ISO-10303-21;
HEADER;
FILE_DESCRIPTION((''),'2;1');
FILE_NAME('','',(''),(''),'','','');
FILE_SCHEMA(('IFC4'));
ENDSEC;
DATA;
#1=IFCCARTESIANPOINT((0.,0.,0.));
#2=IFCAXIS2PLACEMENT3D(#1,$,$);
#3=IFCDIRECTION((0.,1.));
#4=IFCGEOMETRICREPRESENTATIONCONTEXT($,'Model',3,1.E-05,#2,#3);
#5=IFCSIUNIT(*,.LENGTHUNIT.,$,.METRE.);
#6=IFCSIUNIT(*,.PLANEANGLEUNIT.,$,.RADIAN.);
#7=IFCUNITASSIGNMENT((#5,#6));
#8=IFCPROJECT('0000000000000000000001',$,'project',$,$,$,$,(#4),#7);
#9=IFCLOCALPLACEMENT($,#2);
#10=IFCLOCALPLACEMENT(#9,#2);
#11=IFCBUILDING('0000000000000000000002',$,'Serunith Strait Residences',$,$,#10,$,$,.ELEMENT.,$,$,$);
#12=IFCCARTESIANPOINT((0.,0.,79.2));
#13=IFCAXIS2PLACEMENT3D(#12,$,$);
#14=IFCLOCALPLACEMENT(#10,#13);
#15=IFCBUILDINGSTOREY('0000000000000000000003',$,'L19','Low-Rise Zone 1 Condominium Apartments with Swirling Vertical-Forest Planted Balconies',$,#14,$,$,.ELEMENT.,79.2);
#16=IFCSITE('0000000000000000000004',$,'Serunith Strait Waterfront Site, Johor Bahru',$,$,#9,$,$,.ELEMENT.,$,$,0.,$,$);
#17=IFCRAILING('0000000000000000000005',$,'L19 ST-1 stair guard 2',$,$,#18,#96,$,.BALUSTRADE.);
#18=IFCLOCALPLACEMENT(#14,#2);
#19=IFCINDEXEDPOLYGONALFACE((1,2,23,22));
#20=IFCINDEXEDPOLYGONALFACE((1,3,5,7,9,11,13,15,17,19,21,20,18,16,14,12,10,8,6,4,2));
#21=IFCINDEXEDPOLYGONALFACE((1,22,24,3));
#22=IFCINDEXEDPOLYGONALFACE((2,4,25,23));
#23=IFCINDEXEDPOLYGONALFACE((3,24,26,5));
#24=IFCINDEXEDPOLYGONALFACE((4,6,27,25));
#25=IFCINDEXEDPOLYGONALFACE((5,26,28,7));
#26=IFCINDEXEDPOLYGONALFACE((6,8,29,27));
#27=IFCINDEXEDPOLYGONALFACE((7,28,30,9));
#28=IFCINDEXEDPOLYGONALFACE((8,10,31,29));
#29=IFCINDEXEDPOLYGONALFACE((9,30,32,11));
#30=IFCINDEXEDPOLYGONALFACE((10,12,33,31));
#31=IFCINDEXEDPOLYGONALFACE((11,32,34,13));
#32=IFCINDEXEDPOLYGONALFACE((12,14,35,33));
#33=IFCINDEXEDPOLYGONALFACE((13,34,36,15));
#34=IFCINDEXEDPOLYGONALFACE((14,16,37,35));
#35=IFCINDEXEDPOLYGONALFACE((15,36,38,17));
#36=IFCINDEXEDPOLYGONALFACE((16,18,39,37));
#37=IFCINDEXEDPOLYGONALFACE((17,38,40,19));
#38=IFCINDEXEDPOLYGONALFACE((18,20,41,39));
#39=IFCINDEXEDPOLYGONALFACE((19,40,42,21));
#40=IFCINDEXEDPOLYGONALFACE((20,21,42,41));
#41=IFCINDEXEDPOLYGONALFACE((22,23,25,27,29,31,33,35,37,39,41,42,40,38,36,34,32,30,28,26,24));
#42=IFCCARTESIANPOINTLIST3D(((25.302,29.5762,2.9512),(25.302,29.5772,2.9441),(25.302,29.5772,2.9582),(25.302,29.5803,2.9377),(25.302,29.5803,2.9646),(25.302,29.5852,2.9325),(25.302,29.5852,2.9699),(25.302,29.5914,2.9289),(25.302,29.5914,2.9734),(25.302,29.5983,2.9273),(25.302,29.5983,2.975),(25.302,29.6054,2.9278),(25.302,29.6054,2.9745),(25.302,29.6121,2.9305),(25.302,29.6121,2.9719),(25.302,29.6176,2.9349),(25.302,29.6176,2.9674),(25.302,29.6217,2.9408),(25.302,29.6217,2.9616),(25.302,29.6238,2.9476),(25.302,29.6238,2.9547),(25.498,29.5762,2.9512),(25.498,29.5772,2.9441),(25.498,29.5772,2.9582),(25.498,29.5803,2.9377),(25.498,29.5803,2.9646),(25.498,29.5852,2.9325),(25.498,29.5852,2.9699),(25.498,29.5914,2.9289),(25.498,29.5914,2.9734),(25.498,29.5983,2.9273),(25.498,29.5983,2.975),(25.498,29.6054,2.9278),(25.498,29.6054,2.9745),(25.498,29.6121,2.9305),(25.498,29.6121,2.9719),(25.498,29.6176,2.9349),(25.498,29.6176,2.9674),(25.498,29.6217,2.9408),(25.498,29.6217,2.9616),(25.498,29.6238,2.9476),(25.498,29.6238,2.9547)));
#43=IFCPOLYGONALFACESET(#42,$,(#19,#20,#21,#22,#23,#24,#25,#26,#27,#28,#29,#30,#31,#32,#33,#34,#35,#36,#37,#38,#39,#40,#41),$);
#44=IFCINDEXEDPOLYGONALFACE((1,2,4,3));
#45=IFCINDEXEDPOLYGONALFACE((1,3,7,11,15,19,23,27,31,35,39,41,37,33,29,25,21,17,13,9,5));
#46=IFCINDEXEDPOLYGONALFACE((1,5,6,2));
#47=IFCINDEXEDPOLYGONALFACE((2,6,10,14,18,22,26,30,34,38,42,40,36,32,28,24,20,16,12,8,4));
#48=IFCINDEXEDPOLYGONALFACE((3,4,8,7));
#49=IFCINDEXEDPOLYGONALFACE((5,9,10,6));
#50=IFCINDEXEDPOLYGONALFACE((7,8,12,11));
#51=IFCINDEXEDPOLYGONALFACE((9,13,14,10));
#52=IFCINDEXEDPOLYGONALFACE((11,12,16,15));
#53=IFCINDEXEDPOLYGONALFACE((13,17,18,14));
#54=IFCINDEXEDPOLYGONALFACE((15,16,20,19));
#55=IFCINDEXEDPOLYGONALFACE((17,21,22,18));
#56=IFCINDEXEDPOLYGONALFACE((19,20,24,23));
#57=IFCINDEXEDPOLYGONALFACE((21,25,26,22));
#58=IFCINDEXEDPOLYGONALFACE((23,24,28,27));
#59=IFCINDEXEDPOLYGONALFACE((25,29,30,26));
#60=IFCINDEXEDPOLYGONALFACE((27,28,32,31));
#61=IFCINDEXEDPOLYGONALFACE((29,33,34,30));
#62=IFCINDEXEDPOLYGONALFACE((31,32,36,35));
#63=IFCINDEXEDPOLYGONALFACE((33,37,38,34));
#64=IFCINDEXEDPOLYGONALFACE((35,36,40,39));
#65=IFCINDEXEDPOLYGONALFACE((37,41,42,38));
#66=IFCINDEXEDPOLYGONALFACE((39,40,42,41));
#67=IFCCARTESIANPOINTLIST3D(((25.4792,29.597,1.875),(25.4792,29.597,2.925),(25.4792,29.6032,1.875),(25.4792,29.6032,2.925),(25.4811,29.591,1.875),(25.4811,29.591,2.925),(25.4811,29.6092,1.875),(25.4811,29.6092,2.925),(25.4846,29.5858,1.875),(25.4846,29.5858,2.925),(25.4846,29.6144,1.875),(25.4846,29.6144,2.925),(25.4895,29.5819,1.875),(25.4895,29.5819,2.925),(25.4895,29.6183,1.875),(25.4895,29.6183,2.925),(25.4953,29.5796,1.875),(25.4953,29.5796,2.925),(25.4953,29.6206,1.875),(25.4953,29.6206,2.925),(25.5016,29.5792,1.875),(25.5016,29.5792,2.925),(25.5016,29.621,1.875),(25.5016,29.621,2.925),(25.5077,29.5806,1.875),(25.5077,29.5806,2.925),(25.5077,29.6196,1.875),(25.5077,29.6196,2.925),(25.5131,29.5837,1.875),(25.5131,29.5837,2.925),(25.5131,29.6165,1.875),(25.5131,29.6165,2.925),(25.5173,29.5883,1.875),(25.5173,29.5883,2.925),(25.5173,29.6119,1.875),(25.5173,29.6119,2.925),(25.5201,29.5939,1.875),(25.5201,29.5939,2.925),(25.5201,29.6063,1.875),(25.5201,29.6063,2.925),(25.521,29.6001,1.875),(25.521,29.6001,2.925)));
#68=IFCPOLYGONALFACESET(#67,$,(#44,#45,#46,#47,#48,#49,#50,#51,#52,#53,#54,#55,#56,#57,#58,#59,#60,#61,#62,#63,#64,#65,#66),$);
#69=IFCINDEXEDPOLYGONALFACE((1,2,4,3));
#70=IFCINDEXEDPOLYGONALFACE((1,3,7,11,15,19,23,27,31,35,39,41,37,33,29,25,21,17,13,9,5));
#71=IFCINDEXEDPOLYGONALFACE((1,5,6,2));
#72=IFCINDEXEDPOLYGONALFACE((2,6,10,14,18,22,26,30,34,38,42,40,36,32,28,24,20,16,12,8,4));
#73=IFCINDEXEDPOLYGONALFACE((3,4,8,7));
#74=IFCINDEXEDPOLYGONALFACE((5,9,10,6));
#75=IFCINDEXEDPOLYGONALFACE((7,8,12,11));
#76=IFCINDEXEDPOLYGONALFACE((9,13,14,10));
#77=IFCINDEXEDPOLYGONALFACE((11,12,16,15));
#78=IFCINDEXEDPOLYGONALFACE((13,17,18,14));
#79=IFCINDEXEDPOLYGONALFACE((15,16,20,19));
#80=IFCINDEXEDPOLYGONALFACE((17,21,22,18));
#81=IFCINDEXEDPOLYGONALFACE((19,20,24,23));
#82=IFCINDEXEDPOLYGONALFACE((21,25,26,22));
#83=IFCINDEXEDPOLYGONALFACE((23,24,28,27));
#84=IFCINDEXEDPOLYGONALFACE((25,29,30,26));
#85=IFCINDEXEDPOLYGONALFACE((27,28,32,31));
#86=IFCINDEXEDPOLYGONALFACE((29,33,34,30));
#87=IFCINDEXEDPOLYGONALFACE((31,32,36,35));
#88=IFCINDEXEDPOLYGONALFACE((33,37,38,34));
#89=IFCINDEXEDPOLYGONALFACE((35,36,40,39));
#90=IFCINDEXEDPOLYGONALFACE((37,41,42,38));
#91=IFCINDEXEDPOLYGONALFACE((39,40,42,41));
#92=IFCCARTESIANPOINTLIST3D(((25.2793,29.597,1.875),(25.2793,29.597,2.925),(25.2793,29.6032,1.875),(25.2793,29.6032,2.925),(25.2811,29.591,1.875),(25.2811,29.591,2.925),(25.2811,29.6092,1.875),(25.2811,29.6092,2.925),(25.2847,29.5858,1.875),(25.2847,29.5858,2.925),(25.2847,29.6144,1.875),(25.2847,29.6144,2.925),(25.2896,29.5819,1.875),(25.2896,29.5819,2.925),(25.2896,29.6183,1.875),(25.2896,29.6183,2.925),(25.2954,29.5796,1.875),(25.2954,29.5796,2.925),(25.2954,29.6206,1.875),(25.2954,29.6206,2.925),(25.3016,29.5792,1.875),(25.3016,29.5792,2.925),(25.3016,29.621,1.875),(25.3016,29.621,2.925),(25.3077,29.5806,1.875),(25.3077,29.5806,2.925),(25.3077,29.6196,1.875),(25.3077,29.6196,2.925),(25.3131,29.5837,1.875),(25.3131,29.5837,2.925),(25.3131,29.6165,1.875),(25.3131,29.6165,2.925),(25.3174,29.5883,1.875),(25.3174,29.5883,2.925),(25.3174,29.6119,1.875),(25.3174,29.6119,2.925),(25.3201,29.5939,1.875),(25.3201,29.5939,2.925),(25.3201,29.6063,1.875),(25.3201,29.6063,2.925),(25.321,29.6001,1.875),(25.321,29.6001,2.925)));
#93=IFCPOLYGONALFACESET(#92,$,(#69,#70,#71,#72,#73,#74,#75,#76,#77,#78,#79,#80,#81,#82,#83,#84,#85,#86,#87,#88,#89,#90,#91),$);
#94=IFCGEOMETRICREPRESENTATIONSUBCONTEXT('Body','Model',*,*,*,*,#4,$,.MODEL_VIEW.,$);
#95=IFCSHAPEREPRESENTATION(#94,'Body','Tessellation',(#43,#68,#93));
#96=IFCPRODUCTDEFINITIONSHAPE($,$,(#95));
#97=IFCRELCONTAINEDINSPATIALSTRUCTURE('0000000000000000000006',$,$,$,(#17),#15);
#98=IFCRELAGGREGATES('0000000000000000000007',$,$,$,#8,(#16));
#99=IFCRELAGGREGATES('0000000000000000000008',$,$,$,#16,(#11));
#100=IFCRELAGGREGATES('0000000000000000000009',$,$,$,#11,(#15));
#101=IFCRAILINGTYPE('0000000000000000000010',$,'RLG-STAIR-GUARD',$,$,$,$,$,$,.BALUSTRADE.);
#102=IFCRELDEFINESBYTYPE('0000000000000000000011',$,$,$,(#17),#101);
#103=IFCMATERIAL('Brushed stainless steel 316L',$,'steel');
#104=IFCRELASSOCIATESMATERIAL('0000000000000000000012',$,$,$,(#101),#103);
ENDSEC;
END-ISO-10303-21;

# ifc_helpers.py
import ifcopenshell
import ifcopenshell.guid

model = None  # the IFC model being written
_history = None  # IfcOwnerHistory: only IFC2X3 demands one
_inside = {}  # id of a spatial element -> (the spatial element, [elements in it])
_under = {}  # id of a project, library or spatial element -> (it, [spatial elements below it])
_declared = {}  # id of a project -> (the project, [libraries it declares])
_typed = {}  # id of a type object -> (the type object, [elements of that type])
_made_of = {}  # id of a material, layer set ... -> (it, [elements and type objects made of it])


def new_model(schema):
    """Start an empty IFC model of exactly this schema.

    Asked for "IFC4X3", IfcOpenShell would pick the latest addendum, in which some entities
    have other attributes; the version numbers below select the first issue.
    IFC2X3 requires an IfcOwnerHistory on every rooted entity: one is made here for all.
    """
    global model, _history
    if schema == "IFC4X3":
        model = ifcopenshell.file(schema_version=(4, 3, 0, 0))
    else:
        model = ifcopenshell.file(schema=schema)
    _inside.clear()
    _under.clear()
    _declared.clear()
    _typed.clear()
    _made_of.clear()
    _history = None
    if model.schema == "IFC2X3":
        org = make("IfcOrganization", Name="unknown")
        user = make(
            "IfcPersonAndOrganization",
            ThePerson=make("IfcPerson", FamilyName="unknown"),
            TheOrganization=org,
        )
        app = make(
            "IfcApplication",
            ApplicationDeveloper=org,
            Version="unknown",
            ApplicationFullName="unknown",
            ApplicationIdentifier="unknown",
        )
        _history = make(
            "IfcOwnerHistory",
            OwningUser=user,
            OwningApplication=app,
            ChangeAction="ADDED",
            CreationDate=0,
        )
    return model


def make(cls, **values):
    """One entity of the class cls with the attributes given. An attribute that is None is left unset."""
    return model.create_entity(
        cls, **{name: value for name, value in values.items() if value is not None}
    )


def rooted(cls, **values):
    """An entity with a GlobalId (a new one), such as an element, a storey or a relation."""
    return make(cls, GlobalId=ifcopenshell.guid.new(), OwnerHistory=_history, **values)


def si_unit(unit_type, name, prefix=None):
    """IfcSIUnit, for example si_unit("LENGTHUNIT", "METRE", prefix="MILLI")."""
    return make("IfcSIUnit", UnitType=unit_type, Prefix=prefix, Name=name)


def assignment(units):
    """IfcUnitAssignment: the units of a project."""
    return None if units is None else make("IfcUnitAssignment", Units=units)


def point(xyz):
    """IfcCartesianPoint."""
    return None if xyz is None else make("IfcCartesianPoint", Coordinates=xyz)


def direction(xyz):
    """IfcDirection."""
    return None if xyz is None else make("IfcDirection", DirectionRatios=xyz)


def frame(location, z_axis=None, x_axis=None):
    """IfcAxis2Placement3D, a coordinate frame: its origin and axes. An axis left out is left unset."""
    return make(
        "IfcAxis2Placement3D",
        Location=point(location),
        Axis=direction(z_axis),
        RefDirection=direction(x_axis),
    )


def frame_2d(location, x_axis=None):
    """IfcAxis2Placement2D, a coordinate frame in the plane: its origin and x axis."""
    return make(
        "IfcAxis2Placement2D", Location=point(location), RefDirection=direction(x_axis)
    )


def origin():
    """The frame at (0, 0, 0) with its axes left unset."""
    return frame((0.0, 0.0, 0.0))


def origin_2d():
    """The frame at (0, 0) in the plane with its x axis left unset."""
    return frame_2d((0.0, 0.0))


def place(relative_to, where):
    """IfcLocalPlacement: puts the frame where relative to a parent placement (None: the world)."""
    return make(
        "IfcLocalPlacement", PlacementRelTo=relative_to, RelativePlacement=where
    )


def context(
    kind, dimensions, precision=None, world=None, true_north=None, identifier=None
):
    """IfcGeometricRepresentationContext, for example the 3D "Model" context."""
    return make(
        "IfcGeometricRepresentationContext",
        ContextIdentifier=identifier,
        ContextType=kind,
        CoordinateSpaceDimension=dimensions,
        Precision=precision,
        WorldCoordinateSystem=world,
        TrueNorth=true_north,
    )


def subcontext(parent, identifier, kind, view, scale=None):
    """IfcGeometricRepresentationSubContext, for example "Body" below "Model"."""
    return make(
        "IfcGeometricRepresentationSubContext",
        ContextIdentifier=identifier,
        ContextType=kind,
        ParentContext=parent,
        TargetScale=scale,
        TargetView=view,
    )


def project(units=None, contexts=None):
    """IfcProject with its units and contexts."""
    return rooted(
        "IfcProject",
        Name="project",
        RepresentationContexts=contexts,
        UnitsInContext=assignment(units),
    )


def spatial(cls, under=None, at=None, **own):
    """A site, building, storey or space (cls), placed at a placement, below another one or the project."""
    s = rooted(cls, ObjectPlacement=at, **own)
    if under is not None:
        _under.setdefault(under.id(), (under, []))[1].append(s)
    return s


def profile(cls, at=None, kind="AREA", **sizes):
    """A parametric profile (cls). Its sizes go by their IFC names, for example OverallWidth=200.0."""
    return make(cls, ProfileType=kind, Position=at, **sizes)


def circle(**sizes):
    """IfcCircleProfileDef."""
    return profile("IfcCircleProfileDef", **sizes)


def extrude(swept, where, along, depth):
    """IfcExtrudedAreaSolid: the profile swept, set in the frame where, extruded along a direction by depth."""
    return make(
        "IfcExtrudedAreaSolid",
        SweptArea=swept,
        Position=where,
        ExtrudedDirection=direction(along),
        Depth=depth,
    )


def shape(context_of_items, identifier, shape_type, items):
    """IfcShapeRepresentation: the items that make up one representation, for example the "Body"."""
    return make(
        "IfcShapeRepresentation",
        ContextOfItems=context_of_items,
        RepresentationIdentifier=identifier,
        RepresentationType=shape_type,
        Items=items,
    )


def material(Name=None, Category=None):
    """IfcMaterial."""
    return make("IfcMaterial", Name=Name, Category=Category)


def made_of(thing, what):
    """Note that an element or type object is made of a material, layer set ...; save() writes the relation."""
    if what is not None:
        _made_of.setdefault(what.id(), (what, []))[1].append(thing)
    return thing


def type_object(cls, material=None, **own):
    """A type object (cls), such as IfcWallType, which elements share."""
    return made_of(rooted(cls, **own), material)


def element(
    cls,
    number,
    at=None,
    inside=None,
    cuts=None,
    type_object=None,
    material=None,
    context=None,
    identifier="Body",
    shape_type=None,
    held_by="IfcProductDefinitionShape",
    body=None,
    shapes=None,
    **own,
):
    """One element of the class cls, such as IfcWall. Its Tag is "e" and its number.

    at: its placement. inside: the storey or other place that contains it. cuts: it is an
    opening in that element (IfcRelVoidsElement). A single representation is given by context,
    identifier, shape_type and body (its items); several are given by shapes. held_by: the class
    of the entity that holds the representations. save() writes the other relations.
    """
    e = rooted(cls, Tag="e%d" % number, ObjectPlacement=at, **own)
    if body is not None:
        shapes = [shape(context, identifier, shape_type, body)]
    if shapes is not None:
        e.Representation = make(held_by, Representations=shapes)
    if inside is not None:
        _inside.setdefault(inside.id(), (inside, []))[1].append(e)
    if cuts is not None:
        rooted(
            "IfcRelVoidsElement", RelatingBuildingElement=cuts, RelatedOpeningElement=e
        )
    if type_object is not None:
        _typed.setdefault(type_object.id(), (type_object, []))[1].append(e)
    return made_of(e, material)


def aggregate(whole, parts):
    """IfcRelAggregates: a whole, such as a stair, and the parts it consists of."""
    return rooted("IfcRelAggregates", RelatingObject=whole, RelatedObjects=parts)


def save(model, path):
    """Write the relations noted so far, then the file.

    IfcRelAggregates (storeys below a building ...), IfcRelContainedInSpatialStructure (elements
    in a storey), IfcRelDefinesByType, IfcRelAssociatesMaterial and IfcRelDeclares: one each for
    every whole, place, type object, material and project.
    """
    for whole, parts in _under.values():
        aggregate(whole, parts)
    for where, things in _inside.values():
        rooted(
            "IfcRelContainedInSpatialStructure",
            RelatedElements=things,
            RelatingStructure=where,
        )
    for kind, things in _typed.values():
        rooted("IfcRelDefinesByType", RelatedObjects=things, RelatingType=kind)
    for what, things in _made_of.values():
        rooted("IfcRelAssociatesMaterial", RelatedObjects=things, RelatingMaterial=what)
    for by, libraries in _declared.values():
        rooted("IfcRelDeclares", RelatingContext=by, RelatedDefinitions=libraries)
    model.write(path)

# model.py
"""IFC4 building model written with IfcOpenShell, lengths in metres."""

from ifc_helpers import new_model, si_unit, direction, frame, origin, origin_2d, place, context, subcontext, project, spatial, circle, extrude, material, type_object, element, save


model = new_model("IFC4")

# Units and contexts
model_context = context("Model", 3, precision=1e-05, world=origin(), true_north=direction((0.0, 1.0)))
body_context = subcontext(model_context, "Body", "Model", "MODEL_VIEW")
ifc_project = project(units=[si_unit("LENGTHUNIT", "METRE"), si_unit("PLANEANGLEUNIT", "RADIAN")], contexts=[model_context])

# Site, building, storey
site_placement = place(None, origin())
site = spatial("IfcSite", under=ifc_project, at=site_placement, Name="Serunith Strait Waterfront Site, Johor Bahru", CompositionType="ELEMENT", RefElevation=0.0)
building_placement = place(site_placement, origin())
building = spatial("IfcBuilding", under=site, at=building_placement, Name="Serunith Strait Residences", CompositionType="ELEMENT")
storey_placement = place(building_placement, frame((0.0, 0.0, 79.2)))
storey = spatial("IfcBuildingStorey", under=building, at=storey_placement, Name="L19", Description="Low-Rise Zone 1 Condominium Apartments with Swirling Vertical-Forest Planted Balconies", CompositionType="ELEMENT", Elevation=79.2)

# Railing
ifc_material_1 = material(Name="Brushed stainless steel 316L", Category="steel")
railing_type_1 = type_object("IfcRailingType", Name="RLG-STAIR-GUARD", PredefinedType="BALUSTRADE", material=ifc_material_1)
railing_1_placement = place(storey_placement, frame((25.5, 29.6001, 1.875)))
element("IfcRailing", 1, at=railing_1_placement, inside=storey, type_object=railing_type_1, Name="L19 ST-1 stair guard 2", PredefinedType="BALUSTRADE", context=body_context, shape_type="SweptSolid", body=[
    extrude(circle(Radius=0.0239, at=origin_2d()), frame((-0.002, 0.0, 1.0762), z_axis=(-1.0, 0.0, 0.0), x_axis=(0.0, -1.0, 0.0)), (0.0, 0.0, 1.0), 0.196),
    extrude(circle(Radius=0.021, at=origin_2d()), origin(), (0.0, 0.0, 1.0), 1.05),
    extrude(circle(Radius=0.021, at=origin_2d()), frame((-0.2, 0.0, 0.0)), (0.0, 0.0, 1.0), 1.05),
])

save(model, "model.ifc")
